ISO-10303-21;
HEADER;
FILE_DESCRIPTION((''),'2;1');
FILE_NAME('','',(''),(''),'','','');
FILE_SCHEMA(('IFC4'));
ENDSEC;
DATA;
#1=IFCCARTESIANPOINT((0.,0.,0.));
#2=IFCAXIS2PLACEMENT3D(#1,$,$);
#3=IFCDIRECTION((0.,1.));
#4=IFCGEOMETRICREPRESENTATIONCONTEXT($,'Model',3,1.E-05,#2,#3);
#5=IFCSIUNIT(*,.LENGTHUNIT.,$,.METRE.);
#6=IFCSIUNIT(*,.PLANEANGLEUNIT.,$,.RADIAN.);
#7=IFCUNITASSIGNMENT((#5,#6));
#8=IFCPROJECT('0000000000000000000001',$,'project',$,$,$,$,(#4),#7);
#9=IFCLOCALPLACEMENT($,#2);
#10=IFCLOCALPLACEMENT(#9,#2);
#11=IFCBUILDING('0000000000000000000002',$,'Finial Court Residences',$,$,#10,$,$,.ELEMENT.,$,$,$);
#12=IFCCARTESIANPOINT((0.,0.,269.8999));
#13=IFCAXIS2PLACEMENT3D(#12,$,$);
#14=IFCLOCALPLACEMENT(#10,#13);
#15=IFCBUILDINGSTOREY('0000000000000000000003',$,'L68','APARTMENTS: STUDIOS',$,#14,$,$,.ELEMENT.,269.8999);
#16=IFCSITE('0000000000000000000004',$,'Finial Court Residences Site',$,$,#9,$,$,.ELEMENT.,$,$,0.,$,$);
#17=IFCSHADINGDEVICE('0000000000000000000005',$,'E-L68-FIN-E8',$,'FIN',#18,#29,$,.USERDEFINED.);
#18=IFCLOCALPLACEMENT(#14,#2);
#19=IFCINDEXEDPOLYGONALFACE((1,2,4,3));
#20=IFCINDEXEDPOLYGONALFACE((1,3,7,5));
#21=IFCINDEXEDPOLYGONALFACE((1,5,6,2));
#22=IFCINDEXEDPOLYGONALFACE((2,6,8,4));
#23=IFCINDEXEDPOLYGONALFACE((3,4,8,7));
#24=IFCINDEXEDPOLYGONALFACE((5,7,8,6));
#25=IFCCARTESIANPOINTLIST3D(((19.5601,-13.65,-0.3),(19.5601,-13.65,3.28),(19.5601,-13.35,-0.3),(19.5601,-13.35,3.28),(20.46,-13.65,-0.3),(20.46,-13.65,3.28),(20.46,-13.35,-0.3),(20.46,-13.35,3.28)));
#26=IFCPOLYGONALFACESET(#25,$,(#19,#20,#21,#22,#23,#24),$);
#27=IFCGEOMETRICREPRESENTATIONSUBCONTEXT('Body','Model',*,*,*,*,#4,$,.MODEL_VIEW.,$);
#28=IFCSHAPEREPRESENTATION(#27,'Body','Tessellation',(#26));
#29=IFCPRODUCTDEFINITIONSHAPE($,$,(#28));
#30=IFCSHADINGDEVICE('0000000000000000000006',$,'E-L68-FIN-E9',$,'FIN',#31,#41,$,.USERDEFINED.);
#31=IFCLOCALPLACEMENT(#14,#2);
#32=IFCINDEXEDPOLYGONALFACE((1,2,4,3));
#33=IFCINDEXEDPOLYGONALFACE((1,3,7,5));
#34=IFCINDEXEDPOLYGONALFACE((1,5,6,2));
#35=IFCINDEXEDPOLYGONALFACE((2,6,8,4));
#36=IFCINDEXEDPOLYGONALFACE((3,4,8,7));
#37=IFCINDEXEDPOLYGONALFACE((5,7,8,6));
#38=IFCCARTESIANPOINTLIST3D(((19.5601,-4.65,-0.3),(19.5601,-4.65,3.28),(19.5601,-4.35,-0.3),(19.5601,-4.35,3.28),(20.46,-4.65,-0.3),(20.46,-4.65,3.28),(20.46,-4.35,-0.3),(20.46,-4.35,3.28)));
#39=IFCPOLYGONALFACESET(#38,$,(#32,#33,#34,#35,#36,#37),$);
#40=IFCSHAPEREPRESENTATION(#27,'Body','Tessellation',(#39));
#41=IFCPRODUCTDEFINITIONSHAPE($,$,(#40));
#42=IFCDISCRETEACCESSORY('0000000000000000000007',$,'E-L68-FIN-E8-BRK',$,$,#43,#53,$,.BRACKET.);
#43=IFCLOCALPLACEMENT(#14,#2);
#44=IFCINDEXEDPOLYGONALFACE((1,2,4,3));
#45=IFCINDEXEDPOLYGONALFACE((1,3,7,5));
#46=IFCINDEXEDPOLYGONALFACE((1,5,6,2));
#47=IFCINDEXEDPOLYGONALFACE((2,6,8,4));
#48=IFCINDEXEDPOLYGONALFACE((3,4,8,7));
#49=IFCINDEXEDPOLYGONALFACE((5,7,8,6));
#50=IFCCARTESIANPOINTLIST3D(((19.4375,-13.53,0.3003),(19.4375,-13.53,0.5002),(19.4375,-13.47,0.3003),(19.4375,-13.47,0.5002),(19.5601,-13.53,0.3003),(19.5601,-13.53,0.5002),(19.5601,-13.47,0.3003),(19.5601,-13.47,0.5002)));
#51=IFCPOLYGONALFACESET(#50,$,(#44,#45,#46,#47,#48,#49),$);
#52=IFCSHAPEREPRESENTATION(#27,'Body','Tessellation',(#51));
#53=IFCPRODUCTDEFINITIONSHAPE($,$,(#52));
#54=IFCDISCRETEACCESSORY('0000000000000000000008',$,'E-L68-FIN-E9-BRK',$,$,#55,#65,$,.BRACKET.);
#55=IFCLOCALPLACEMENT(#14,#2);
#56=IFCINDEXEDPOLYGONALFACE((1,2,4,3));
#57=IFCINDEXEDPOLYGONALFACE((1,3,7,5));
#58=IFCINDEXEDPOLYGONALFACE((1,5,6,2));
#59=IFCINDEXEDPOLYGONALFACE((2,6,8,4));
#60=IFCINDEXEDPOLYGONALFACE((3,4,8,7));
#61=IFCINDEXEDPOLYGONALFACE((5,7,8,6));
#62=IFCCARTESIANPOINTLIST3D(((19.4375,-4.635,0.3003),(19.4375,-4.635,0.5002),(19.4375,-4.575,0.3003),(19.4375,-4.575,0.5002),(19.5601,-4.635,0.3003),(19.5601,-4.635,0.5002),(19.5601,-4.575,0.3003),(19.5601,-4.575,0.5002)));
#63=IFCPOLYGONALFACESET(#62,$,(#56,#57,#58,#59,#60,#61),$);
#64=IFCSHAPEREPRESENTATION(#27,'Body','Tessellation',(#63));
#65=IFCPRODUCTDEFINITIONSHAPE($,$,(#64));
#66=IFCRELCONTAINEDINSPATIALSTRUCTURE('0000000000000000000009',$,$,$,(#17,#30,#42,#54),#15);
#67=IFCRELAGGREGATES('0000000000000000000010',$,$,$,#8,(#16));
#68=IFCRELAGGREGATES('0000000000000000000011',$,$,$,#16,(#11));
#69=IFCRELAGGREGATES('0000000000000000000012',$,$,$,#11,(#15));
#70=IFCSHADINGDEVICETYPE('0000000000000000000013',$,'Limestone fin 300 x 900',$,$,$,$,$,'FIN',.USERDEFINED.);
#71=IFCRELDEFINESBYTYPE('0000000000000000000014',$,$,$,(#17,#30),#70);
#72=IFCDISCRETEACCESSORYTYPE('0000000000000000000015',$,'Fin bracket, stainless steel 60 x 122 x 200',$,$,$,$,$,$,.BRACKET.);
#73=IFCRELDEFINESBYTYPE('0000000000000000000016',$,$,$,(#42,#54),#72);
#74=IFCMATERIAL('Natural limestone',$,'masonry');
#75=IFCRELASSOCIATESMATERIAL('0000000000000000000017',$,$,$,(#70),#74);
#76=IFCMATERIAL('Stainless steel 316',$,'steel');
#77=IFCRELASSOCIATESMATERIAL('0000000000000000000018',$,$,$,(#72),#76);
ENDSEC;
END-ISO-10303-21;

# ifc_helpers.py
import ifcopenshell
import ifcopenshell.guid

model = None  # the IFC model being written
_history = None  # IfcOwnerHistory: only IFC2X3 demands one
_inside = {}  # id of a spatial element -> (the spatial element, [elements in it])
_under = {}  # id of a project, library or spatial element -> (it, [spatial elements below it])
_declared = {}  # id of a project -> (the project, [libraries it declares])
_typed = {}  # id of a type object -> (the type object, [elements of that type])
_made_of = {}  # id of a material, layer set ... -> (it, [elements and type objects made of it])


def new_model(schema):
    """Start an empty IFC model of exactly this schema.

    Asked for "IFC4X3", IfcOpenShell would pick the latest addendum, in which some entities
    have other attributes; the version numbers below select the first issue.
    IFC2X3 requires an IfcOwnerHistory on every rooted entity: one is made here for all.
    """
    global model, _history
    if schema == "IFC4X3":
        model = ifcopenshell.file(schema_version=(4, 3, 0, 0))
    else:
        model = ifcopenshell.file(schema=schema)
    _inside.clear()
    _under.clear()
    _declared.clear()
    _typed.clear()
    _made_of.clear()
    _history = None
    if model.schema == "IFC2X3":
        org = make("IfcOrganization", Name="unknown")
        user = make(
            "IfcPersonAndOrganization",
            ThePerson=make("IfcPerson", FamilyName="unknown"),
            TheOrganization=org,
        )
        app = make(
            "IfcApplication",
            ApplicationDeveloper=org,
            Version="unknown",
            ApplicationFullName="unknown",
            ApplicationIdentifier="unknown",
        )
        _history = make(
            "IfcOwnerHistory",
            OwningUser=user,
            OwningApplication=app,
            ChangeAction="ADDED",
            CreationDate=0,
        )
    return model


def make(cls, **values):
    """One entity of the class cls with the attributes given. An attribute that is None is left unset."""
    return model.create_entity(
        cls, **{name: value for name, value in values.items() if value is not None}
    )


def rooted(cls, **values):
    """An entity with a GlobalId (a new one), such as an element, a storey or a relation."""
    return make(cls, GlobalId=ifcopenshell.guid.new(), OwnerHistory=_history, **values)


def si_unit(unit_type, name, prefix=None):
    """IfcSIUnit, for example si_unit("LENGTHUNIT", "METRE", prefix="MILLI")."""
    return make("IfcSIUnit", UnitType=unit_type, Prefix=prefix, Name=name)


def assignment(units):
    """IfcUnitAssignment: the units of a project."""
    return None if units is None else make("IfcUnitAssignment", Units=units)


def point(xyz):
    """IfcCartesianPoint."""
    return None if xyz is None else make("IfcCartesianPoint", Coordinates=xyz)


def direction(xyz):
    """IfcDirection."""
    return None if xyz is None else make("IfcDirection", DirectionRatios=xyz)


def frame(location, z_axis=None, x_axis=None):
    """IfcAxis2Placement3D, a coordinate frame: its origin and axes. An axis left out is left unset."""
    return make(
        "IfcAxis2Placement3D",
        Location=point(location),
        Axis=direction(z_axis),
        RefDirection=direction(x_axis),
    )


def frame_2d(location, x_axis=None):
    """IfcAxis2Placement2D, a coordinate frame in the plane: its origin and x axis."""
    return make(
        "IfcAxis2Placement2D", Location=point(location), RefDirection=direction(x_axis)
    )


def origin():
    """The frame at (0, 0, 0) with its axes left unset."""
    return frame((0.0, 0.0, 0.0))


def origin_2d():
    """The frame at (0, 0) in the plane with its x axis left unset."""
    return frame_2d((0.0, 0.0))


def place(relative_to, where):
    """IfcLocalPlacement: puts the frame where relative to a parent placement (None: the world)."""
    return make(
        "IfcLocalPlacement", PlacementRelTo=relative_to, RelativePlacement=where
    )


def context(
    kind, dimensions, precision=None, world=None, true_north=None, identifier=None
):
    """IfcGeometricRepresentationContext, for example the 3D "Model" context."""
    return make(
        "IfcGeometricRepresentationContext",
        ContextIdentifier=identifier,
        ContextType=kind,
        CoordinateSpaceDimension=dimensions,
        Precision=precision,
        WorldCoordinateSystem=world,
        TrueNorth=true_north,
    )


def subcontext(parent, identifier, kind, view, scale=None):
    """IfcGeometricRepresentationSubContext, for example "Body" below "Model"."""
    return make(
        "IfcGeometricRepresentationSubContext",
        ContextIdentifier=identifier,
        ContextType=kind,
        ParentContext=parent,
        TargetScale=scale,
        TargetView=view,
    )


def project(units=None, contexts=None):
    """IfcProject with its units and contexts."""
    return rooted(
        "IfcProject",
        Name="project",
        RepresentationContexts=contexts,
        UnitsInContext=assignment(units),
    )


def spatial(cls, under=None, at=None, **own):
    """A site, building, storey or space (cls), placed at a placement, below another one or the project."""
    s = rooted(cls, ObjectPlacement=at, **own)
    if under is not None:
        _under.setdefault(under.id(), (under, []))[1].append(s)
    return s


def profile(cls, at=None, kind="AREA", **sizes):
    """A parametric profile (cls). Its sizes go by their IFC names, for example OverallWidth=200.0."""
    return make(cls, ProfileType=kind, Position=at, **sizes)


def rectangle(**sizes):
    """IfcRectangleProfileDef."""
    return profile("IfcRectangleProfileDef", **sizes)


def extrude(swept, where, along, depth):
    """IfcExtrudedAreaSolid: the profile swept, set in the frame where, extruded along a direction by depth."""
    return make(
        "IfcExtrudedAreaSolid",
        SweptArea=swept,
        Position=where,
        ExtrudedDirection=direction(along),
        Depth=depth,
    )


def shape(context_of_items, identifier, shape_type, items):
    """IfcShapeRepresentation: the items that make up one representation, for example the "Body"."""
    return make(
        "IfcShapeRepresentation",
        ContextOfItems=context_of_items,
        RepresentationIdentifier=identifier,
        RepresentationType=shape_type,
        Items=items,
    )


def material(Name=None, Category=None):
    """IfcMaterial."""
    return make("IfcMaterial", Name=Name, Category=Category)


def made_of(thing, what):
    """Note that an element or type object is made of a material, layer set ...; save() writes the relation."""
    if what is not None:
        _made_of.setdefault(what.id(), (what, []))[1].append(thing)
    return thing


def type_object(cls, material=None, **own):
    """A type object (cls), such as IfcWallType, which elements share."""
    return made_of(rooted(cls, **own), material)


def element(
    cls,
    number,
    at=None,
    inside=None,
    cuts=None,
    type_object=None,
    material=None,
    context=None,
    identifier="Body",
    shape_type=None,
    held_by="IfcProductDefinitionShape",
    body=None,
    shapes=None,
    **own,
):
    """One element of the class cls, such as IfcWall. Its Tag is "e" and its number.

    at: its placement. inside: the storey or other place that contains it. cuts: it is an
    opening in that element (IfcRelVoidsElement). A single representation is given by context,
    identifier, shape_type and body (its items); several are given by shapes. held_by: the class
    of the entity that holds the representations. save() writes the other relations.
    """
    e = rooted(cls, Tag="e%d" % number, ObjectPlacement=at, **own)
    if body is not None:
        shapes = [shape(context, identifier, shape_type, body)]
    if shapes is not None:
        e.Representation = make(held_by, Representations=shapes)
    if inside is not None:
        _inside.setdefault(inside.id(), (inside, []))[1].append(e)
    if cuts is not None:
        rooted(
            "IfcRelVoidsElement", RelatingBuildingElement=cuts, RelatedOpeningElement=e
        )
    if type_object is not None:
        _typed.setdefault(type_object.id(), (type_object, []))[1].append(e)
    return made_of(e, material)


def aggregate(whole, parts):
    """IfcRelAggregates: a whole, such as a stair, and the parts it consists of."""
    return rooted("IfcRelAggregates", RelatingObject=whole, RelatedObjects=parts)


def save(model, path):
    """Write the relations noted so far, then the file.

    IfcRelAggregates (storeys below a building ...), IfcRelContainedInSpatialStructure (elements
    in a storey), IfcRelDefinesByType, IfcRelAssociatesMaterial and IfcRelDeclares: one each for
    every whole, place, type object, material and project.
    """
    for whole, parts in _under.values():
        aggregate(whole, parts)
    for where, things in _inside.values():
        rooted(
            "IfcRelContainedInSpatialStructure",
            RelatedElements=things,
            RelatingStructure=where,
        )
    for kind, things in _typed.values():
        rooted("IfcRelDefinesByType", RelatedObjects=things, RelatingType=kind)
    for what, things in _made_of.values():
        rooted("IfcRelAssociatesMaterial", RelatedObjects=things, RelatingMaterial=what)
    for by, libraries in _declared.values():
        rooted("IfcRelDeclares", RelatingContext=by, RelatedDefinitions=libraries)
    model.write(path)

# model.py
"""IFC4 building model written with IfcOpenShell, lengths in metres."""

from ifc_helpers import new_model, si_unit, direction, frame, origin, origin_2d, place, context, subcontext, project, spatial, rectangle, extrude, material, type_object, element, save


model = new_model("IFC4")

# Units and contexts
model_context = context("Model", 3, precision=1e-05, world=origin(), true_north=direction((0.0, 1.0)))
body_context = subcontext(model_context, "Body", "Model", "MODEL_VIEW")
ifc_project = project(units=[si_unit("LENGTHUNIT", "METRE"), si_unit("PLANEANGLEUNIT", "RADIAN")], contexts=[model_context])

# Site, building, storey
site_placement = place(None, origin())
site = spatial("IfcSite", under=ifc_project, at=site_placement, Name="Finial Court Residences Site", CompositionType="ELEMENT", RefElevation=0.0)
building_placement = place(site_placement, origin())
building = spatial("IfcBuilding", under=site, at=building_placement, Name="Finial Court Residences", CompositionType="ELEMENT")
storey_placement = place(building_placement, frame((0.0, 0.0, 269.8999)))
storey = spatial("IfcBuildingStorey", under=building, at=storey_placement, Name="L68", Description="APARTMENTS: STUDIOS", CompositionType="ELEMENT", Elevation=269.8999)

# Shared definitions
ifc_material_1 = material(Name="Natural limestone", Category="masonry")

# Shading devices
shading_device_type = type_object("IfcShadingDeviceType", Name="Limestone fin 300 x 900", ElementType="FIN", PredefinedType="USERDEFINED", material=ifc_material_1)
for number, where, z_axis, x_axis, name in (
    (1, (20.01, -13.5, -0.3), (0.0, 0.0, 1.0), (1.0, 0.0, 0.0), "E-L68-FIN-E8"),
    (2, (20.01, -4.5, -0.3), (0.0, 0.0, 1.0), (1.0, 0.0, 0.0), "E-L68-FIN-E9"),
):
    element("IfcShadingDevice", number, at=place(storey_placement, frame(where, z_axis=z_axis, x_axis=x_axis)), inside=storey, type_object=shading_device_type, Name=name, ObjectType="FIN", PredefinedType="USERDEFINED", context=body_context, shape_type="SweptSolid", body=[
        extrude(rectangle(XDim=0.8999, YDim=0.3, at=origin_2d()), origin(), (0.0, 0.0, 1.0), 3.5801),
    ])

# Discrete accessories
ifc_material_2 = material(Name="Stainless steel 316", Category="steel")
discrete_accessory_type = type_object("IfcDiscreteAccessoryType", Name="Fin bracket, stainless steel 60 x 122 x 200", PredefinedType="BRACKET", material=ifc_material_2)
for number, where, z_axis, x_axis, name in (
    (3, (19.4988, -13.5, 0.3003), (0.0, 0.0, 1.0), (1.0, 0.0, 0.0), "E-L68-FIN-E8-BRK"),
    (4, (19.4988, -4.605, 0.3003), (0.0, 0.0, 1.0), (1.0, 0.0, 0.0), "E-L68-FIN-E9-BRK"),
):
    element("IfcDiscreteAccessory", number, at=place(storey_placement, frame(where, z_axis=z_axis, x_axis=x_axis)), inside=storey, type_object=discrete_accessory_type, Name=name, PredefinedType="BRACKET", context=body_context, shape_type="SweptSolid", body=[
        extrude(rectangle(XDim=0.1226, YDim=0.0601, at=origin_2d()), origin(), (0.0, 0.0, 1.0), 0.2),
    ])

save(model, "model.ifc")
